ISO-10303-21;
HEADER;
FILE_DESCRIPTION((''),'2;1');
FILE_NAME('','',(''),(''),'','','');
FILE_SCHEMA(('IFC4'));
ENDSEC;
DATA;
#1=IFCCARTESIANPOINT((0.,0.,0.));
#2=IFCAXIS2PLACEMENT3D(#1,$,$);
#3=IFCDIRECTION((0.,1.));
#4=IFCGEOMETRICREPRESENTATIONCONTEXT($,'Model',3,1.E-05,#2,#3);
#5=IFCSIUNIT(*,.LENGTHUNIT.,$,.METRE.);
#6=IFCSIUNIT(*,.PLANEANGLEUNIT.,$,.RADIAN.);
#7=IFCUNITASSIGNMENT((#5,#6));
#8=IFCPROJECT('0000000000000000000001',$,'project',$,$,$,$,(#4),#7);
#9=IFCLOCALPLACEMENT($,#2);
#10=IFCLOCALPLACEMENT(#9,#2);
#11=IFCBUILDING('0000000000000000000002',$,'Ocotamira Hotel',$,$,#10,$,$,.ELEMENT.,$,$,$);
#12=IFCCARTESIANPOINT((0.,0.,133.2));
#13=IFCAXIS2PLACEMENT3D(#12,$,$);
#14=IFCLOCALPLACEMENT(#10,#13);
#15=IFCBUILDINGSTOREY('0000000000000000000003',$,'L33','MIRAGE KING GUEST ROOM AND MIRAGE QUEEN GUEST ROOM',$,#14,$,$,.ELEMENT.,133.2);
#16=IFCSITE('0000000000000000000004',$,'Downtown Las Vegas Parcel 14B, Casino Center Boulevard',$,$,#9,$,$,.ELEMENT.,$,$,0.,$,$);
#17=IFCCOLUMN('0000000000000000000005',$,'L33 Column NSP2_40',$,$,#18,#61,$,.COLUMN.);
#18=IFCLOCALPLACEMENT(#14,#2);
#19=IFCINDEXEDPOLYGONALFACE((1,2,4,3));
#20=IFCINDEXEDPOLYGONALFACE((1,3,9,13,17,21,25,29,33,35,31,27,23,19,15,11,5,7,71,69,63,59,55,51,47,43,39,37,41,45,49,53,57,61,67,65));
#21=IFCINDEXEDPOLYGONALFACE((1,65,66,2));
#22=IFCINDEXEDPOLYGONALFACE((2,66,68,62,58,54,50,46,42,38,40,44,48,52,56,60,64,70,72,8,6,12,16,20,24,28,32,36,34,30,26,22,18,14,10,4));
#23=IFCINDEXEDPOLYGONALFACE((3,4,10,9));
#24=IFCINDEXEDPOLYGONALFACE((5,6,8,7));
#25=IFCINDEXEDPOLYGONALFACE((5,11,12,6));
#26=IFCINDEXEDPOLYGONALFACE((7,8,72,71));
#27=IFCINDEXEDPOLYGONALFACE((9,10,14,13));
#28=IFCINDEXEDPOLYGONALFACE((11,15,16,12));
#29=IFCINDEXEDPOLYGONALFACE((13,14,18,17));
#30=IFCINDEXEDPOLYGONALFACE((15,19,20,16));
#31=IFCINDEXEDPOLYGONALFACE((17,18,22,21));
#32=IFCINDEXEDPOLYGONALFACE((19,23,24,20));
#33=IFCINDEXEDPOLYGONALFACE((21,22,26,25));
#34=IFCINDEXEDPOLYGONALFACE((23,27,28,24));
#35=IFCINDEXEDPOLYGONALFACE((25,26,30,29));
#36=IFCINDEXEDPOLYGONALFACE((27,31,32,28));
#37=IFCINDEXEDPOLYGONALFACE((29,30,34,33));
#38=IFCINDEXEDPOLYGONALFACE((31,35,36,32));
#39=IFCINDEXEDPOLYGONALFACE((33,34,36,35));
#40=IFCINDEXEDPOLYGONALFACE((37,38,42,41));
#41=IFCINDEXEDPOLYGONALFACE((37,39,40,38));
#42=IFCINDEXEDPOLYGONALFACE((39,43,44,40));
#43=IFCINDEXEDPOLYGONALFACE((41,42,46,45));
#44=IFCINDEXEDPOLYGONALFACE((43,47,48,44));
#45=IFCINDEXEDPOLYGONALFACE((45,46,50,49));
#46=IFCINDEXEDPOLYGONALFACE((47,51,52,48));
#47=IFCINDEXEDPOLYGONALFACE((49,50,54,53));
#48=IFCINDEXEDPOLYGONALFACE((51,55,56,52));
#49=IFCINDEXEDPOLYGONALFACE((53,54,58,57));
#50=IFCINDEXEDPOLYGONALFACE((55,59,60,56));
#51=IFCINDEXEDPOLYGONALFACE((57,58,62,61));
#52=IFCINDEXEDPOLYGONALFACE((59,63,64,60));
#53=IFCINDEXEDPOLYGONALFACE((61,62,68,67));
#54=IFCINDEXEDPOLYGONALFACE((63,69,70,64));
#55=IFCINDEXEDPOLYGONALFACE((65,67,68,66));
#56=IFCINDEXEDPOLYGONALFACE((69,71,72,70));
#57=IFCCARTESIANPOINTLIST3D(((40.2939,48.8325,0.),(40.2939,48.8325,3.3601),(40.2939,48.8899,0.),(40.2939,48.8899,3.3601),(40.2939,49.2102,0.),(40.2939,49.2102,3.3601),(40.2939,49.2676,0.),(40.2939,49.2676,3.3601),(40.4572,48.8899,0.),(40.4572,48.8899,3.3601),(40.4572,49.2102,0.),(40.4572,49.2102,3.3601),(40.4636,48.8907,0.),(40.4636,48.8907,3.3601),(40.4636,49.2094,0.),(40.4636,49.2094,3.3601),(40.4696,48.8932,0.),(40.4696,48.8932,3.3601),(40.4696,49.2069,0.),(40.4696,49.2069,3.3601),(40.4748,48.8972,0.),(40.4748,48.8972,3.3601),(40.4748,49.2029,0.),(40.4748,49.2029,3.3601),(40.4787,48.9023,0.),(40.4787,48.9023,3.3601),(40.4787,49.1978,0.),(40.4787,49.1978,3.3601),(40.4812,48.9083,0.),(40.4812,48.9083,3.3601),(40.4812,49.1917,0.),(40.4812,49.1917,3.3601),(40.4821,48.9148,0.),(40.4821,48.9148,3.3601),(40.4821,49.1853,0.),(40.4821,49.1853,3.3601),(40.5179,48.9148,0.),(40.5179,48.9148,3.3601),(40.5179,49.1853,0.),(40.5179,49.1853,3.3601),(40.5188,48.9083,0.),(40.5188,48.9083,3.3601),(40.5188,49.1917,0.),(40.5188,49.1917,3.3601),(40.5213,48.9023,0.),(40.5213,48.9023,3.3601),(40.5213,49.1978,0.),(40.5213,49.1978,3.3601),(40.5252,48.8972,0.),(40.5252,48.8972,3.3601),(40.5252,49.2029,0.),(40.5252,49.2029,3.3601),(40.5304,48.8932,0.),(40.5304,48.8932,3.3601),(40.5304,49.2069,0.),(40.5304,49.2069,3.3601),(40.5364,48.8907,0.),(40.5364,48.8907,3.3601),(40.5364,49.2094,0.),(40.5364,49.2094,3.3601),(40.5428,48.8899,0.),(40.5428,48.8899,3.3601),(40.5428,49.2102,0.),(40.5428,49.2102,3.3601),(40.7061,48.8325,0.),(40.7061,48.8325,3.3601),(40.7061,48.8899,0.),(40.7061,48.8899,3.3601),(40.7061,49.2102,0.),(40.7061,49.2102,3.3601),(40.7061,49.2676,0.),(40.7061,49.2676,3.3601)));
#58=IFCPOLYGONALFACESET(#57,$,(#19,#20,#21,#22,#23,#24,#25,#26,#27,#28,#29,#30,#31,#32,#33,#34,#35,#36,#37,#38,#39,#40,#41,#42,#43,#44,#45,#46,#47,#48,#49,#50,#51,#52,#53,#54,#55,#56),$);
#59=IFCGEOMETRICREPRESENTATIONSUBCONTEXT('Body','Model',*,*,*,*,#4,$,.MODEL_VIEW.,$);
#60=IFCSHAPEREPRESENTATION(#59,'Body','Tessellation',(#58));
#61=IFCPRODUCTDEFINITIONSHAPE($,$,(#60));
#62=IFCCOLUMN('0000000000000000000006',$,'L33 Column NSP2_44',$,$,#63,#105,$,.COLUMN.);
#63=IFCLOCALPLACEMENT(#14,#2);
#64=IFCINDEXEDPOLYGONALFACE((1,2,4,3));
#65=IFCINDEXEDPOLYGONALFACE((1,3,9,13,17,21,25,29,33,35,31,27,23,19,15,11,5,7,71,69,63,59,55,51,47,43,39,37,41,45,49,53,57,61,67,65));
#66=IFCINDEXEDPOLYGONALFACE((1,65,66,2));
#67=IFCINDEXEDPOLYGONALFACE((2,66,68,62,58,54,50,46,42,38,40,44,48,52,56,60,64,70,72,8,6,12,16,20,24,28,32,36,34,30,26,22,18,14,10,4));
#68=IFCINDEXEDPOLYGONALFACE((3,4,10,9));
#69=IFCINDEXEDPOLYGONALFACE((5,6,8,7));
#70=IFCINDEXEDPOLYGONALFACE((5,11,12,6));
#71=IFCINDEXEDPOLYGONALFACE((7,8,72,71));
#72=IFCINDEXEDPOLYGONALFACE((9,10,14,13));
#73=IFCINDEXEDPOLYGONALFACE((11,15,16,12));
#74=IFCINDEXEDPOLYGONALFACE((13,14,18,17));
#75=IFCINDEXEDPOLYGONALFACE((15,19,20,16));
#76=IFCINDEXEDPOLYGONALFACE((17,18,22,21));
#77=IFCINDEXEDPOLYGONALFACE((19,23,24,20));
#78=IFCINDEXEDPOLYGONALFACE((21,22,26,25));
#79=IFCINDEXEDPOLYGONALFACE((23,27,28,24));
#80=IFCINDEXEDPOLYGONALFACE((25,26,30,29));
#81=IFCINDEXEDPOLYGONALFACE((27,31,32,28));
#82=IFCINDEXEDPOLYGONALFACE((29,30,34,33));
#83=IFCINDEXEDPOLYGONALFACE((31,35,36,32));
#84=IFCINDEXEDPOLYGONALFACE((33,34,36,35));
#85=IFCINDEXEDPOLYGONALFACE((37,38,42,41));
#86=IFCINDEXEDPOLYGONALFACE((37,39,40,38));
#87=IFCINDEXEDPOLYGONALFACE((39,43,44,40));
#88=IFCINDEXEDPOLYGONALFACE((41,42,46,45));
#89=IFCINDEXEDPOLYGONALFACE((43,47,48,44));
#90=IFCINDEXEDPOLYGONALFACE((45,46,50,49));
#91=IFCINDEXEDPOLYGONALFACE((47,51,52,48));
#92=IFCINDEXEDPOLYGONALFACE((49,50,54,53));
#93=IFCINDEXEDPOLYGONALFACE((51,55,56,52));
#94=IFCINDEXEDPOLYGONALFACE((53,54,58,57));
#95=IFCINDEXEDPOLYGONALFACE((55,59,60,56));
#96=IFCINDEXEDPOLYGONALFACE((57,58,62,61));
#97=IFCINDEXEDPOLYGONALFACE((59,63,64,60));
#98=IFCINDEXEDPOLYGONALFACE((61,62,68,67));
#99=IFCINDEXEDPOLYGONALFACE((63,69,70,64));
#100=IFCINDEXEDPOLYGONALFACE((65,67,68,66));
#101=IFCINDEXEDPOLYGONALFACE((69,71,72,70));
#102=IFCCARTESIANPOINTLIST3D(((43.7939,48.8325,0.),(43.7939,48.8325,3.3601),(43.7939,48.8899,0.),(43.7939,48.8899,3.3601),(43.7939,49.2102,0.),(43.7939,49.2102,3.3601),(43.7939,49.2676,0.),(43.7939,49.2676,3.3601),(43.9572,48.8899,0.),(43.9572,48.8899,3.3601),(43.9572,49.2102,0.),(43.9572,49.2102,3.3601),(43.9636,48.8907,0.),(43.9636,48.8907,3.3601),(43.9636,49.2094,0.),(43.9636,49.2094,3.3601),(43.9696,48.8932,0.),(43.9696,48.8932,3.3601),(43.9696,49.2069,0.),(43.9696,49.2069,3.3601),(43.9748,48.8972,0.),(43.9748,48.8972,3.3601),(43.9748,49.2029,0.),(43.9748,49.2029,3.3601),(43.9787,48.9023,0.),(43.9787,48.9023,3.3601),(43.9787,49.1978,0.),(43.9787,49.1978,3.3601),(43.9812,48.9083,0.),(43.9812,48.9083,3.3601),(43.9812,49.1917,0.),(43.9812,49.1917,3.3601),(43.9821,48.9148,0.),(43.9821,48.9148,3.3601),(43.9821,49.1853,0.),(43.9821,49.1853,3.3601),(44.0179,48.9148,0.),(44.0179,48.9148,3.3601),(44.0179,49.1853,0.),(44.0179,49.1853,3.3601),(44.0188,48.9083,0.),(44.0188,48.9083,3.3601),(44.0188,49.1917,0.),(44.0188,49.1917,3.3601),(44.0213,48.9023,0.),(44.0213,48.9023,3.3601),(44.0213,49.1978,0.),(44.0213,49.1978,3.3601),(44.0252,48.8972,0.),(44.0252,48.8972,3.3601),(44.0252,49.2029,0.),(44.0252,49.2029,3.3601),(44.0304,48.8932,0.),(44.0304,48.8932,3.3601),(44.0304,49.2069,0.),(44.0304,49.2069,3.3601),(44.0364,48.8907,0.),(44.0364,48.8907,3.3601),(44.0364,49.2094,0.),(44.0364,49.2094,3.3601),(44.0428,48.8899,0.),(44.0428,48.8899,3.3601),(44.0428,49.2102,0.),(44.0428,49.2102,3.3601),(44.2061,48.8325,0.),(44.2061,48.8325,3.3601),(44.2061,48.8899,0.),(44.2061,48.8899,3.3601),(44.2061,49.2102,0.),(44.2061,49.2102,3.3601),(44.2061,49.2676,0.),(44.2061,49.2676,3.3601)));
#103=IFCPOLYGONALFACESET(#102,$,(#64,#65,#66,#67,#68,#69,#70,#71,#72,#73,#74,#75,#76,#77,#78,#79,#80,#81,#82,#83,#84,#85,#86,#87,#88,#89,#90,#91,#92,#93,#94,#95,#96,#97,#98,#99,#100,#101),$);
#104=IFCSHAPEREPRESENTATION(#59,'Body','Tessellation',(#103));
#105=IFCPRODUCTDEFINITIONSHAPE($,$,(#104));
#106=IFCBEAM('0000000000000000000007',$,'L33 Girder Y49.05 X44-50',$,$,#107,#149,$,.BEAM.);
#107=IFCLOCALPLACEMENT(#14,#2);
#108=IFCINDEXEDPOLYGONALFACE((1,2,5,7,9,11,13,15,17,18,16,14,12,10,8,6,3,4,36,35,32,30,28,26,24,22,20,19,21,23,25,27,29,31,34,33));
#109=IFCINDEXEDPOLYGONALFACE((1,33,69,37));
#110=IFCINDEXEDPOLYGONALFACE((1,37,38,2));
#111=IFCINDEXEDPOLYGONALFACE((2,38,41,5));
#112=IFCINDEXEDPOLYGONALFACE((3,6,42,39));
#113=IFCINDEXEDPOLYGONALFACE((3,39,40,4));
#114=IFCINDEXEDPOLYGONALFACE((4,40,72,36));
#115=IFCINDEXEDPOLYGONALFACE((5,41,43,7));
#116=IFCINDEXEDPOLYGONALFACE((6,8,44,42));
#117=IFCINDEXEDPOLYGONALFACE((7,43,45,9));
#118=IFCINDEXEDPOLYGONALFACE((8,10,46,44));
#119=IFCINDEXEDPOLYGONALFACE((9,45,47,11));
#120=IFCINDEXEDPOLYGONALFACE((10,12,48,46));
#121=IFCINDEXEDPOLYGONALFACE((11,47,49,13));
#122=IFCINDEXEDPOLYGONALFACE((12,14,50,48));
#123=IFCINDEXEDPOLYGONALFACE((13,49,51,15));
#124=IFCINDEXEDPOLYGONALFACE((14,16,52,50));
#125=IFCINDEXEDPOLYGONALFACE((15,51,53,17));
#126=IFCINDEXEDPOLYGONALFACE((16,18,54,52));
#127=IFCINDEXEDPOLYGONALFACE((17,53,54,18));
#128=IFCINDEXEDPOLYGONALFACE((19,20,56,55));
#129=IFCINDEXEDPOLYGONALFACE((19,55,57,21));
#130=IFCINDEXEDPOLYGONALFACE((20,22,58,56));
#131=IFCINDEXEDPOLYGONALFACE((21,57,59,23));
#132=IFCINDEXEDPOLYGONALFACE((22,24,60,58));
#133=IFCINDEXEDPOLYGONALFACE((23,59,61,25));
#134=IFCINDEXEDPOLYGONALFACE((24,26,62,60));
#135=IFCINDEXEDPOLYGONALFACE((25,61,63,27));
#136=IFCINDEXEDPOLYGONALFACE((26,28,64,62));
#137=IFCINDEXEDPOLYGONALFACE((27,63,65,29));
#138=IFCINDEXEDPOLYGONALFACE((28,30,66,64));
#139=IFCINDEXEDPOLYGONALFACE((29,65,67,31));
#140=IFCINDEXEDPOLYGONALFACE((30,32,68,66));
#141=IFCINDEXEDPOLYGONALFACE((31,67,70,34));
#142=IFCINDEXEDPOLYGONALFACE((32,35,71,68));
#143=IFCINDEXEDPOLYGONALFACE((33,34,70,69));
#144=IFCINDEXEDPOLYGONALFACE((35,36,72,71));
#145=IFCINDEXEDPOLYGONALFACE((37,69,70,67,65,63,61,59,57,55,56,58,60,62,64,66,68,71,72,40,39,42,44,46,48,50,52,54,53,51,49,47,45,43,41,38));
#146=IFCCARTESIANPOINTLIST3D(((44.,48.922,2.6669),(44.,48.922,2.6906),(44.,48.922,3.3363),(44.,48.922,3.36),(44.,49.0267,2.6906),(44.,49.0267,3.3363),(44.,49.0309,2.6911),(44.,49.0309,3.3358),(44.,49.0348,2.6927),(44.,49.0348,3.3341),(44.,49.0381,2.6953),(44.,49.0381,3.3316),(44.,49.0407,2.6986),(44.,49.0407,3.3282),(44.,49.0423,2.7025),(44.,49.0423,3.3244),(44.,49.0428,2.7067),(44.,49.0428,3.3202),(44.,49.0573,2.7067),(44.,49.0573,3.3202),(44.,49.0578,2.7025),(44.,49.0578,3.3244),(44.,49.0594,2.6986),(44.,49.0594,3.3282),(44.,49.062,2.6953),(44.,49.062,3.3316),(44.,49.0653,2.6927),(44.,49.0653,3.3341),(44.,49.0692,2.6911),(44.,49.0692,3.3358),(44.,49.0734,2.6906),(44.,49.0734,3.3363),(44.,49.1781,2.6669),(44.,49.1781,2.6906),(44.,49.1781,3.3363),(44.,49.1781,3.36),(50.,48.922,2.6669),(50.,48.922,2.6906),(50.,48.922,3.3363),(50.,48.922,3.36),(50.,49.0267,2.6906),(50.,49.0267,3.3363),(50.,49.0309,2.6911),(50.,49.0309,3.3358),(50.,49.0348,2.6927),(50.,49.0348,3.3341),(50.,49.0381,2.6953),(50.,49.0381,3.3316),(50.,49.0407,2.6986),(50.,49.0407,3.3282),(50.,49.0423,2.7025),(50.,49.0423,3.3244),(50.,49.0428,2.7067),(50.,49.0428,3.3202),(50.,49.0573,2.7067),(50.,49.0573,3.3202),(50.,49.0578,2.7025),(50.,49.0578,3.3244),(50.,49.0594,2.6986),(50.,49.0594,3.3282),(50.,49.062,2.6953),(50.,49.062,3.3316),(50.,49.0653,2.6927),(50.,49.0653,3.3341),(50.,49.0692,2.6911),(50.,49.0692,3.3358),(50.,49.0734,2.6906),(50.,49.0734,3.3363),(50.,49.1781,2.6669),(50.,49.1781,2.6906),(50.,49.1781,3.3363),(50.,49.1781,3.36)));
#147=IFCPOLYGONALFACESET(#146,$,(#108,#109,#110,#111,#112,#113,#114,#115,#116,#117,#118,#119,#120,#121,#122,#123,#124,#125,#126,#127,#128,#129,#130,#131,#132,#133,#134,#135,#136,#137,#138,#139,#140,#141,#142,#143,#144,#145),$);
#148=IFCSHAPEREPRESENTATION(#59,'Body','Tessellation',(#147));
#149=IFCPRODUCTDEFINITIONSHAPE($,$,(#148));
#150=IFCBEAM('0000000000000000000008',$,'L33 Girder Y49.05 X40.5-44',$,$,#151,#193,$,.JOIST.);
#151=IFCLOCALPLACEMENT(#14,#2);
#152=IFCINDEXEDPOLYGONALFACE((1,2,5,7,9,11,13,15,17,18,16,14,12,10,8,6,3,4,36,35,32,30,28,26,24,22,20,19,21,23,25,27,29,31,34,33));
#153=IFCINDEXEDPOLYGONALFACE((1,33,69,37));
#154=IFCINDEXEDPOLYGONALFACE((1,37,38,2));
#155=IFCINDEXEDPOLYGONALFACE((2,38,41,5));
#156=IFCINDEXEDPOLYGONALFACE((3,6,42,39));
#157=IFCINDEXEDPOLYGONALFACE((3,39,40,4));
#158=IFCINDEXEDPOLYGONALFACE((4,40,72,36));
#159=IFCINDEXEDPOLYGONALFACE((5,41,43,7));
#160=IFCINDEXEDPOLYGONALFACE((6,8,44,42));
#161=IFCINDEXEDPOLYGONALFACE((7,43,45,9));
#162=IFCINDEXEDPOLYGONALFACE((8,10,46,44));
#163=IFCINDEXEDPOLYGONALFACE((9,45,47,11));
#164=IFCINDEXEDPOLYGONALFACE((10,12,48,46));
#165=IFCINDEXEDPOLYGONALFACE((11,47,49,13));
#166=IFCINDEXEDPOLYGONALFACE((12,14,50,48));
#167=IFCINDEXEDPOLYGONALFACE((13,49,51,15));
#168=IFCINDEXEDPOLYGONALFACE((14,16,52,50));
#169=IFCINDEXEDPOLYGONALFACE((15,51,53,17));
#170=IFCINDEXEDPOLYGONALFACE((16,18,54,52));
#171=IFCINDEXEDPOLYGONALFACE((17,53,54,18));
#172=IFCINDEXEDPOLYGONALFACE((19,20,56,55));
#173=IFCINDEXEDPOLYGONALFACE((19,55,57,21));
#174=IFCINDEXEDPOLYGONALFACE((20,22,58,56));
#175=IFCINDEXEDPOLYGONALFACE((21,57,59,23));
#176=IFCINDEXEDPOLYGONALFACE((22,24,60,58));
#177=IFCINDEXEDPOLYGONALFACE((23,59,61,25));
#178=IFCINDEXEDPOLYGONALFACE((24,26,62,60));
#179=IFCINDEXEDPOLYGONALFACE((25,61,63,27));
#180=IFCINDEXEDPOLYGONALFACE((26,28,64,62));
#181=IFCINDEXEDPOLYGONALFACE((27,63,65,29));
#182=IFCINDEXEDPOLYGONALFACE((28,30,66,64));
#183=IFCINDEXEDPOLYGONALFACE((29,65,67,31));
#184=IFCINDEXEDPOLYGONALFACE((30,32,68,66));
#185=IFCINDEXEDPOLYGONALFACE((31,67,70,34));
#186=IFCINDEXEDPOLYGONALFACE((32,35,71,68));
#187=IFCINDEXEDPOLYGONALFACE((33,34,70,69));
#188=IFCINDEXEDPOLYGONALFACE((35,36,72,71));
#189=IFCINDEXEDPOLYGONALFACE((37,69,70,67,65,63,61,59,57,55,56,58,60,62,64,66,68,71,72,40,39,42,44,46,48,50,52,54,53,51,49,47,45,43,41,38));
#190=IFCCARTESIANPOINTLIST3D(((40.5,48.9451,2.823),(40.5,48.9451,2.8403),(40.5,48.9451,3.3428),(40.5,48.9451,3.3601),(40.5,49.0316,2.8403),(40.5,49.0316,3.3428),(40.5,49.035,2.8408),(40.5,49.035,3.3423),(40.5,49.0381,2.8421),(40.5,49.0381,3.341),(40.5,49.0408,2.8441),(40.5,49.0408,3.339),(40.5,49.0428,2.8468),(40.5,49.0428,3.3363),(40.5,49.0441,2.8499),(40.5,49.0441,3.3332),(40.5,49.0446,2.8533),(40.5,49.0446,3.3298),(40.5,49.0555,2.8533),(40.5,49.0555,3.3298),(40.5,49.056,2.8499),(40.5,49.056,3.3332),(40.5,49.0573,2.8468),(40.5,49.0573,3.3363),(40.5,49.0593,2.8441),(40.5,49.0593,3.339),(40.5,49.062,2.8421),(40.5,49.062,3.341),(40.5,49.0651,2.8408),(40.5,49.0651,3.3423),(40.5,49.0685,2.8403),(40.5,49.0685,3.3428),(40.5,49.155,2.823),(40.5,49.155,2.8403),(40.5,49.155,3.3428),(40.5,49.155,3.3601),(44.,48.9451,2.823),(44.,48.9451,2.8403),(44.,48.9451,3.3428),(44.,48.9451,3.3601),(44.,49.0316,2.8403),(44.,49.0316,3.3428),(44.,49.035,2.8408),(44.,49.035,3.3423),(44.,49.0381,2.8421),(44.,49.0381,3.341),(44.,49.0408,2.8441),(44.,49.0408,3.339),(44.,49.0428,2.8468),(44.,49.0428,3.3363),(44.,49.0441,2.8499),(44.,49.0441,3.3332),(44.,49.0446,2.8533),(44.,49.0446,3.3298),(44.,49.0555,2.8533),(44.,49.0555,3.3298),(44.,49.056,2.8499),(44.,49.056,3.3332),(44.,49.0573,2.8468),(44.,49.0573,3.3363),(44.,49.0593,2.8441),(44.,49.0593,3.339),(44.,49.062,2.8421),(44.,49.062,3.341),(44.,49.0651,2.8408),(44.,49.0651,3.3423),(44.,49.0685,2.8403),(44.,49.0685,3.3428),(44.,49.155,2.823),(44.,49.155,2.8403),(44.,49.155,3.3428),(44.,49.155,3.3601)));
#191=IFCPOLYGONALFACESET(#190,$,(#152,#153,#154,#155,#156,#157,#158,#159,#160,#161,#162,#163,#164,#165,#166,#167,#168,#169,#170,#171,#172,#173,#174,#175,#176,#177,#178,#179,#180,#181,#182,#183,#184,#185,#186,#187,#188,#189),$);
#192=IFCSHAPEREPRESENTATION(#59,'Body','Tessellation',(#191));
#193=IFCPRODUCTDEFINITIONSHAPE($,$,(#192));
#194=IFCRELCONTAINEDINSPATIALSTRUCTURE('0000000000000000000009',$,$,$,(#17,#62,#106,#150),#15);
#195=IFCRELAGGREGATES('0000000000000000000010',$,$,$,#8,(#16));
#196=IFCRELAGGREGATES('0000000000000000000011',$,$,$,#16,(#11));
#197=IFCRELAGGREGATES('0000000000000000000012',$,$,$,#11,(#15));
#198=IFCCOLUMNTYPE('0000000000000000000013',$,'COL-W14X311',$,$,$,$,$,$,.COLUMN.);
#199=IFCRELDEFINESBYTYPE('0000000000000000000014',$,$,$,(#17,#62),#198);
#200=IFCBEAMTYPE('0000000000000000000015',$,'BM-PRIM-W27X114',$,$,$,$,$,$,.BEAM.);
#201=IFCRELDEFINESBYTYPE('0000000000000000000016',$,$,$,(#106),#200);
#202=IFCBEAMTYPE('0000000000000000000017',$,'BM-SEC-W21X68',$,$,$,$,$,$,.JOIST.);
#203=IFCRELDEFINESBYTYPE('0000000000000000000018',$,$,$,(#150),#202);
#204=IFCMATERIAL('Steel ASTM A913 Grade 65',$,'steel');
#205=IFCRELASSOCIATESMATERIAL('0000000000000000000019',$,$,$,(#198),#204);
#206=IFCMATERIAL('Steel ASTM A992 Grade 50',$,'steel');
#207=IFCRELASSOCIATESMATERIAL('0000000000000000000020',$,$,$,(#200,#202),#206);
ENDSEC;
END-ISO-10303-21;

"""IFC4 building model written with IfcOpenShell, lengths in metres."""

from ifc_helpers import new_model, si_unit, direction, frame, origin, origin_2d, place, context, subcontext, project, spatial, i_section, extrude, source, transform, mapped, material, material_profile, profile_set, type_object, element, save


model = new_model("IFC4")

# Units and contexts
model_context = context("Model", 3, precision=1e-05, world=origin(), true_north=direction((0.0, 1.0)))
body_context = subcontext(model_context, "Body", "Model", "MODEL_VIEW")
ifc_project = project(units=[si_unit("LENGTHUNIT", "METRE"), si_unit("PLANEANGLEUNIT", "RADIAN")], contexts=[model_context])

# Site, building, storey
site_placement = place(None, origin())
site = spatial("IfcSite", under=ifc_project, at=site_placement, Name="Downtown Las Vegas Parcel 14B, Casino Center Boulevard", CompositionType="ELEMENT", RefElevation=0.0)
building_placement = place(site_placement, origin())
building = spatial("IfcBuilding", under=site, at=building_placement, Name="Ocotamira Hotel", CompositionType="ELEMENT")
storey_placement = place(building_placement, frame((0.0, 0.0, 133.2)))
storey = spatial("IfcBuildingStorey", under=building, at=storey_placement, Name="L33", Description="MIRAGE KING GUEST ROOM AND MIRAGE QUEEN GUEST ROOM", CompositionType="ELEMENT", Elevation=133.2)

# Columns
ifc_material_1 = material(Name="Steel ASTM A913 Grade 65", Category="steel")
ifc_material_profile_1 = material_profile(ifc_material_1, i_section(OverallWidth=0.4121, OverallDepth=0.4351, WebThickness=0.0359, FlangeThickness=0.0574, FilletRadius=0.0249, at=origin_2d()), Name="W14X311")
ifc_profile_set_1 = profile_set([ifc_material_profile_1], Name="Steel ASTM A913 Grade 65")
column_type = type_object("IfcColumnType", Name="COL-W14X311", PredefinedType="COLUMN", material=ifc_profile_set_1)
shared_shape_1 = source(origin(), body_context, "Body", "SweptSolid", [
    extrude(i_section(OverallWidth=0.4121, OverallDepth=0.4351, WebThickness=0.0359, FlangeThickness=0.0574, FilletRadius=0.0249, at=origin_2d()), origin(), (0.0, 0.0, 1.0), 3.3601),
])
for number, where, z_axis, x_axis, name in (
    (1, (40.5, 49.05, 0.0), (0.0, 0.0, 1.0), (1.0, 0.0, 0.0), "L33 Column NSP2_40"),
    (2, (44.0, 49.05, 0.0), (0.0, 0.0, 1.0), (1.0, 0.0, 0.0), "L33 Column NSP2_44"),
):
    element("IfcColumn", number, at=place(storey_placement, frame(where, z_axis=z_axis, x_axis=x_axis)), inside=storey, type_object=column_type, Name=name, PredefinedType="COLUMN", context=body_context, shape_type="MappedRepresentation", body=[
        mapped(shared_shape_1, transform((0.0, 0.0, 0.0), scale=1.0)),
    ])

# Beams
ifc_material_2 = material(Name="Steel ASTM A992 Grade 50", Category="steel")
ifc_material_profile_2 = material_profile(ifc_material_2, i_section(OverallWidth=0.2561, OverallDepth=0.6931, WebThickness=0.0144, FlangeThickness=0.0237, FilletRadius=0.0161, at=origin_2d()), Name="W27X114")
ifc_profile_set_2 = profile_set([ifc_material_profile_2], Name="Steel ASTM A992 Grade 50")
beam_type_1 = type_object("IfcBeamType", Name="BM-PRIM-W27X114", PredefinedType="BEAM", material=ifc_profile_set_2)
shared_shape_2 = source(origin(), body_context, "Body", "SweptSolid", [
    extrude(i_section(OverallWidth=0.2561, OverallDepth=0.6931, WebThickness=0.0144, FlangeThickness=0.0237, FilletRadius=0.0161, at=origin_2d()), origin(), (0.0, 0.0, 1.0), 6.0),
])
beam_1_placement = place(storey_placement, frame((44.0, 49.05, 3.0134), z_axis=(1.0, 0.0, 0.0), x_axis=(0.0, 1.0, 0.0)))
element("IfcBeam", 3, at=beam_1_placement, inside=storey, type_object=beam_type_1, Name="L33 Girder Y49.05 X44-50", PredefinedType="BEAM", context=body_context, shape_type="MappedRepresentation", body=[
    mapped(shared_shape_2, transform((0.0, 0.0, 0.0), scale=1.0)),
])
ifc_material_profile_3 = material_profile(ifc_material_2, i_section(OverallWidth=0.21, OverallDepth=0.5371, WebThickness=0.011, FlangeThickness=0.0173, FilletRadius=0.0129, at=origin_2d()), Name="W21X68")
ifc_profile_set_3 = profile_set([ifc_material_profile_3], Name="Steel ASTM A992 Grade 50")
beam_type_2 = type_object("IfcBeamType", Name="BM-SEC-W21X68", PredefinedType="JOIST", material=ifc_profile_set_3)
shared_shape_3 = source(origin(), body_context, "Body", "SweptSolid", [
    extrude(i_section(OverallWidth=0.21, OverallDepth=0.5371, WebThickness=0.011, FlangeThickness=0.0173, FilletRadius=0.0129, at=origin_2d()), origin(), (0.0, 0.0, 1.0), 3.5),
])
beam_2_placement = place(storey_placement, frame((40.5, 49.05, 3.0916), z_axis=(1.0, 0.0, 0.0), x_axis=(0.0, 1.0, 0.0)))
element("IfcBeam", 4, at=beam_2_placement, inside=storey, type_object=beam_type_2, Name="L33 Girder Y49.05 X40.5-44", PredefinedType="JOIST", context=body_context, shape_type="MappedRepresentation", body=[
    mapped(shared_shape_3, transform((0.0, 0.0, 0.0), scale=1.0)),
])

save(model, "model.ifc")
